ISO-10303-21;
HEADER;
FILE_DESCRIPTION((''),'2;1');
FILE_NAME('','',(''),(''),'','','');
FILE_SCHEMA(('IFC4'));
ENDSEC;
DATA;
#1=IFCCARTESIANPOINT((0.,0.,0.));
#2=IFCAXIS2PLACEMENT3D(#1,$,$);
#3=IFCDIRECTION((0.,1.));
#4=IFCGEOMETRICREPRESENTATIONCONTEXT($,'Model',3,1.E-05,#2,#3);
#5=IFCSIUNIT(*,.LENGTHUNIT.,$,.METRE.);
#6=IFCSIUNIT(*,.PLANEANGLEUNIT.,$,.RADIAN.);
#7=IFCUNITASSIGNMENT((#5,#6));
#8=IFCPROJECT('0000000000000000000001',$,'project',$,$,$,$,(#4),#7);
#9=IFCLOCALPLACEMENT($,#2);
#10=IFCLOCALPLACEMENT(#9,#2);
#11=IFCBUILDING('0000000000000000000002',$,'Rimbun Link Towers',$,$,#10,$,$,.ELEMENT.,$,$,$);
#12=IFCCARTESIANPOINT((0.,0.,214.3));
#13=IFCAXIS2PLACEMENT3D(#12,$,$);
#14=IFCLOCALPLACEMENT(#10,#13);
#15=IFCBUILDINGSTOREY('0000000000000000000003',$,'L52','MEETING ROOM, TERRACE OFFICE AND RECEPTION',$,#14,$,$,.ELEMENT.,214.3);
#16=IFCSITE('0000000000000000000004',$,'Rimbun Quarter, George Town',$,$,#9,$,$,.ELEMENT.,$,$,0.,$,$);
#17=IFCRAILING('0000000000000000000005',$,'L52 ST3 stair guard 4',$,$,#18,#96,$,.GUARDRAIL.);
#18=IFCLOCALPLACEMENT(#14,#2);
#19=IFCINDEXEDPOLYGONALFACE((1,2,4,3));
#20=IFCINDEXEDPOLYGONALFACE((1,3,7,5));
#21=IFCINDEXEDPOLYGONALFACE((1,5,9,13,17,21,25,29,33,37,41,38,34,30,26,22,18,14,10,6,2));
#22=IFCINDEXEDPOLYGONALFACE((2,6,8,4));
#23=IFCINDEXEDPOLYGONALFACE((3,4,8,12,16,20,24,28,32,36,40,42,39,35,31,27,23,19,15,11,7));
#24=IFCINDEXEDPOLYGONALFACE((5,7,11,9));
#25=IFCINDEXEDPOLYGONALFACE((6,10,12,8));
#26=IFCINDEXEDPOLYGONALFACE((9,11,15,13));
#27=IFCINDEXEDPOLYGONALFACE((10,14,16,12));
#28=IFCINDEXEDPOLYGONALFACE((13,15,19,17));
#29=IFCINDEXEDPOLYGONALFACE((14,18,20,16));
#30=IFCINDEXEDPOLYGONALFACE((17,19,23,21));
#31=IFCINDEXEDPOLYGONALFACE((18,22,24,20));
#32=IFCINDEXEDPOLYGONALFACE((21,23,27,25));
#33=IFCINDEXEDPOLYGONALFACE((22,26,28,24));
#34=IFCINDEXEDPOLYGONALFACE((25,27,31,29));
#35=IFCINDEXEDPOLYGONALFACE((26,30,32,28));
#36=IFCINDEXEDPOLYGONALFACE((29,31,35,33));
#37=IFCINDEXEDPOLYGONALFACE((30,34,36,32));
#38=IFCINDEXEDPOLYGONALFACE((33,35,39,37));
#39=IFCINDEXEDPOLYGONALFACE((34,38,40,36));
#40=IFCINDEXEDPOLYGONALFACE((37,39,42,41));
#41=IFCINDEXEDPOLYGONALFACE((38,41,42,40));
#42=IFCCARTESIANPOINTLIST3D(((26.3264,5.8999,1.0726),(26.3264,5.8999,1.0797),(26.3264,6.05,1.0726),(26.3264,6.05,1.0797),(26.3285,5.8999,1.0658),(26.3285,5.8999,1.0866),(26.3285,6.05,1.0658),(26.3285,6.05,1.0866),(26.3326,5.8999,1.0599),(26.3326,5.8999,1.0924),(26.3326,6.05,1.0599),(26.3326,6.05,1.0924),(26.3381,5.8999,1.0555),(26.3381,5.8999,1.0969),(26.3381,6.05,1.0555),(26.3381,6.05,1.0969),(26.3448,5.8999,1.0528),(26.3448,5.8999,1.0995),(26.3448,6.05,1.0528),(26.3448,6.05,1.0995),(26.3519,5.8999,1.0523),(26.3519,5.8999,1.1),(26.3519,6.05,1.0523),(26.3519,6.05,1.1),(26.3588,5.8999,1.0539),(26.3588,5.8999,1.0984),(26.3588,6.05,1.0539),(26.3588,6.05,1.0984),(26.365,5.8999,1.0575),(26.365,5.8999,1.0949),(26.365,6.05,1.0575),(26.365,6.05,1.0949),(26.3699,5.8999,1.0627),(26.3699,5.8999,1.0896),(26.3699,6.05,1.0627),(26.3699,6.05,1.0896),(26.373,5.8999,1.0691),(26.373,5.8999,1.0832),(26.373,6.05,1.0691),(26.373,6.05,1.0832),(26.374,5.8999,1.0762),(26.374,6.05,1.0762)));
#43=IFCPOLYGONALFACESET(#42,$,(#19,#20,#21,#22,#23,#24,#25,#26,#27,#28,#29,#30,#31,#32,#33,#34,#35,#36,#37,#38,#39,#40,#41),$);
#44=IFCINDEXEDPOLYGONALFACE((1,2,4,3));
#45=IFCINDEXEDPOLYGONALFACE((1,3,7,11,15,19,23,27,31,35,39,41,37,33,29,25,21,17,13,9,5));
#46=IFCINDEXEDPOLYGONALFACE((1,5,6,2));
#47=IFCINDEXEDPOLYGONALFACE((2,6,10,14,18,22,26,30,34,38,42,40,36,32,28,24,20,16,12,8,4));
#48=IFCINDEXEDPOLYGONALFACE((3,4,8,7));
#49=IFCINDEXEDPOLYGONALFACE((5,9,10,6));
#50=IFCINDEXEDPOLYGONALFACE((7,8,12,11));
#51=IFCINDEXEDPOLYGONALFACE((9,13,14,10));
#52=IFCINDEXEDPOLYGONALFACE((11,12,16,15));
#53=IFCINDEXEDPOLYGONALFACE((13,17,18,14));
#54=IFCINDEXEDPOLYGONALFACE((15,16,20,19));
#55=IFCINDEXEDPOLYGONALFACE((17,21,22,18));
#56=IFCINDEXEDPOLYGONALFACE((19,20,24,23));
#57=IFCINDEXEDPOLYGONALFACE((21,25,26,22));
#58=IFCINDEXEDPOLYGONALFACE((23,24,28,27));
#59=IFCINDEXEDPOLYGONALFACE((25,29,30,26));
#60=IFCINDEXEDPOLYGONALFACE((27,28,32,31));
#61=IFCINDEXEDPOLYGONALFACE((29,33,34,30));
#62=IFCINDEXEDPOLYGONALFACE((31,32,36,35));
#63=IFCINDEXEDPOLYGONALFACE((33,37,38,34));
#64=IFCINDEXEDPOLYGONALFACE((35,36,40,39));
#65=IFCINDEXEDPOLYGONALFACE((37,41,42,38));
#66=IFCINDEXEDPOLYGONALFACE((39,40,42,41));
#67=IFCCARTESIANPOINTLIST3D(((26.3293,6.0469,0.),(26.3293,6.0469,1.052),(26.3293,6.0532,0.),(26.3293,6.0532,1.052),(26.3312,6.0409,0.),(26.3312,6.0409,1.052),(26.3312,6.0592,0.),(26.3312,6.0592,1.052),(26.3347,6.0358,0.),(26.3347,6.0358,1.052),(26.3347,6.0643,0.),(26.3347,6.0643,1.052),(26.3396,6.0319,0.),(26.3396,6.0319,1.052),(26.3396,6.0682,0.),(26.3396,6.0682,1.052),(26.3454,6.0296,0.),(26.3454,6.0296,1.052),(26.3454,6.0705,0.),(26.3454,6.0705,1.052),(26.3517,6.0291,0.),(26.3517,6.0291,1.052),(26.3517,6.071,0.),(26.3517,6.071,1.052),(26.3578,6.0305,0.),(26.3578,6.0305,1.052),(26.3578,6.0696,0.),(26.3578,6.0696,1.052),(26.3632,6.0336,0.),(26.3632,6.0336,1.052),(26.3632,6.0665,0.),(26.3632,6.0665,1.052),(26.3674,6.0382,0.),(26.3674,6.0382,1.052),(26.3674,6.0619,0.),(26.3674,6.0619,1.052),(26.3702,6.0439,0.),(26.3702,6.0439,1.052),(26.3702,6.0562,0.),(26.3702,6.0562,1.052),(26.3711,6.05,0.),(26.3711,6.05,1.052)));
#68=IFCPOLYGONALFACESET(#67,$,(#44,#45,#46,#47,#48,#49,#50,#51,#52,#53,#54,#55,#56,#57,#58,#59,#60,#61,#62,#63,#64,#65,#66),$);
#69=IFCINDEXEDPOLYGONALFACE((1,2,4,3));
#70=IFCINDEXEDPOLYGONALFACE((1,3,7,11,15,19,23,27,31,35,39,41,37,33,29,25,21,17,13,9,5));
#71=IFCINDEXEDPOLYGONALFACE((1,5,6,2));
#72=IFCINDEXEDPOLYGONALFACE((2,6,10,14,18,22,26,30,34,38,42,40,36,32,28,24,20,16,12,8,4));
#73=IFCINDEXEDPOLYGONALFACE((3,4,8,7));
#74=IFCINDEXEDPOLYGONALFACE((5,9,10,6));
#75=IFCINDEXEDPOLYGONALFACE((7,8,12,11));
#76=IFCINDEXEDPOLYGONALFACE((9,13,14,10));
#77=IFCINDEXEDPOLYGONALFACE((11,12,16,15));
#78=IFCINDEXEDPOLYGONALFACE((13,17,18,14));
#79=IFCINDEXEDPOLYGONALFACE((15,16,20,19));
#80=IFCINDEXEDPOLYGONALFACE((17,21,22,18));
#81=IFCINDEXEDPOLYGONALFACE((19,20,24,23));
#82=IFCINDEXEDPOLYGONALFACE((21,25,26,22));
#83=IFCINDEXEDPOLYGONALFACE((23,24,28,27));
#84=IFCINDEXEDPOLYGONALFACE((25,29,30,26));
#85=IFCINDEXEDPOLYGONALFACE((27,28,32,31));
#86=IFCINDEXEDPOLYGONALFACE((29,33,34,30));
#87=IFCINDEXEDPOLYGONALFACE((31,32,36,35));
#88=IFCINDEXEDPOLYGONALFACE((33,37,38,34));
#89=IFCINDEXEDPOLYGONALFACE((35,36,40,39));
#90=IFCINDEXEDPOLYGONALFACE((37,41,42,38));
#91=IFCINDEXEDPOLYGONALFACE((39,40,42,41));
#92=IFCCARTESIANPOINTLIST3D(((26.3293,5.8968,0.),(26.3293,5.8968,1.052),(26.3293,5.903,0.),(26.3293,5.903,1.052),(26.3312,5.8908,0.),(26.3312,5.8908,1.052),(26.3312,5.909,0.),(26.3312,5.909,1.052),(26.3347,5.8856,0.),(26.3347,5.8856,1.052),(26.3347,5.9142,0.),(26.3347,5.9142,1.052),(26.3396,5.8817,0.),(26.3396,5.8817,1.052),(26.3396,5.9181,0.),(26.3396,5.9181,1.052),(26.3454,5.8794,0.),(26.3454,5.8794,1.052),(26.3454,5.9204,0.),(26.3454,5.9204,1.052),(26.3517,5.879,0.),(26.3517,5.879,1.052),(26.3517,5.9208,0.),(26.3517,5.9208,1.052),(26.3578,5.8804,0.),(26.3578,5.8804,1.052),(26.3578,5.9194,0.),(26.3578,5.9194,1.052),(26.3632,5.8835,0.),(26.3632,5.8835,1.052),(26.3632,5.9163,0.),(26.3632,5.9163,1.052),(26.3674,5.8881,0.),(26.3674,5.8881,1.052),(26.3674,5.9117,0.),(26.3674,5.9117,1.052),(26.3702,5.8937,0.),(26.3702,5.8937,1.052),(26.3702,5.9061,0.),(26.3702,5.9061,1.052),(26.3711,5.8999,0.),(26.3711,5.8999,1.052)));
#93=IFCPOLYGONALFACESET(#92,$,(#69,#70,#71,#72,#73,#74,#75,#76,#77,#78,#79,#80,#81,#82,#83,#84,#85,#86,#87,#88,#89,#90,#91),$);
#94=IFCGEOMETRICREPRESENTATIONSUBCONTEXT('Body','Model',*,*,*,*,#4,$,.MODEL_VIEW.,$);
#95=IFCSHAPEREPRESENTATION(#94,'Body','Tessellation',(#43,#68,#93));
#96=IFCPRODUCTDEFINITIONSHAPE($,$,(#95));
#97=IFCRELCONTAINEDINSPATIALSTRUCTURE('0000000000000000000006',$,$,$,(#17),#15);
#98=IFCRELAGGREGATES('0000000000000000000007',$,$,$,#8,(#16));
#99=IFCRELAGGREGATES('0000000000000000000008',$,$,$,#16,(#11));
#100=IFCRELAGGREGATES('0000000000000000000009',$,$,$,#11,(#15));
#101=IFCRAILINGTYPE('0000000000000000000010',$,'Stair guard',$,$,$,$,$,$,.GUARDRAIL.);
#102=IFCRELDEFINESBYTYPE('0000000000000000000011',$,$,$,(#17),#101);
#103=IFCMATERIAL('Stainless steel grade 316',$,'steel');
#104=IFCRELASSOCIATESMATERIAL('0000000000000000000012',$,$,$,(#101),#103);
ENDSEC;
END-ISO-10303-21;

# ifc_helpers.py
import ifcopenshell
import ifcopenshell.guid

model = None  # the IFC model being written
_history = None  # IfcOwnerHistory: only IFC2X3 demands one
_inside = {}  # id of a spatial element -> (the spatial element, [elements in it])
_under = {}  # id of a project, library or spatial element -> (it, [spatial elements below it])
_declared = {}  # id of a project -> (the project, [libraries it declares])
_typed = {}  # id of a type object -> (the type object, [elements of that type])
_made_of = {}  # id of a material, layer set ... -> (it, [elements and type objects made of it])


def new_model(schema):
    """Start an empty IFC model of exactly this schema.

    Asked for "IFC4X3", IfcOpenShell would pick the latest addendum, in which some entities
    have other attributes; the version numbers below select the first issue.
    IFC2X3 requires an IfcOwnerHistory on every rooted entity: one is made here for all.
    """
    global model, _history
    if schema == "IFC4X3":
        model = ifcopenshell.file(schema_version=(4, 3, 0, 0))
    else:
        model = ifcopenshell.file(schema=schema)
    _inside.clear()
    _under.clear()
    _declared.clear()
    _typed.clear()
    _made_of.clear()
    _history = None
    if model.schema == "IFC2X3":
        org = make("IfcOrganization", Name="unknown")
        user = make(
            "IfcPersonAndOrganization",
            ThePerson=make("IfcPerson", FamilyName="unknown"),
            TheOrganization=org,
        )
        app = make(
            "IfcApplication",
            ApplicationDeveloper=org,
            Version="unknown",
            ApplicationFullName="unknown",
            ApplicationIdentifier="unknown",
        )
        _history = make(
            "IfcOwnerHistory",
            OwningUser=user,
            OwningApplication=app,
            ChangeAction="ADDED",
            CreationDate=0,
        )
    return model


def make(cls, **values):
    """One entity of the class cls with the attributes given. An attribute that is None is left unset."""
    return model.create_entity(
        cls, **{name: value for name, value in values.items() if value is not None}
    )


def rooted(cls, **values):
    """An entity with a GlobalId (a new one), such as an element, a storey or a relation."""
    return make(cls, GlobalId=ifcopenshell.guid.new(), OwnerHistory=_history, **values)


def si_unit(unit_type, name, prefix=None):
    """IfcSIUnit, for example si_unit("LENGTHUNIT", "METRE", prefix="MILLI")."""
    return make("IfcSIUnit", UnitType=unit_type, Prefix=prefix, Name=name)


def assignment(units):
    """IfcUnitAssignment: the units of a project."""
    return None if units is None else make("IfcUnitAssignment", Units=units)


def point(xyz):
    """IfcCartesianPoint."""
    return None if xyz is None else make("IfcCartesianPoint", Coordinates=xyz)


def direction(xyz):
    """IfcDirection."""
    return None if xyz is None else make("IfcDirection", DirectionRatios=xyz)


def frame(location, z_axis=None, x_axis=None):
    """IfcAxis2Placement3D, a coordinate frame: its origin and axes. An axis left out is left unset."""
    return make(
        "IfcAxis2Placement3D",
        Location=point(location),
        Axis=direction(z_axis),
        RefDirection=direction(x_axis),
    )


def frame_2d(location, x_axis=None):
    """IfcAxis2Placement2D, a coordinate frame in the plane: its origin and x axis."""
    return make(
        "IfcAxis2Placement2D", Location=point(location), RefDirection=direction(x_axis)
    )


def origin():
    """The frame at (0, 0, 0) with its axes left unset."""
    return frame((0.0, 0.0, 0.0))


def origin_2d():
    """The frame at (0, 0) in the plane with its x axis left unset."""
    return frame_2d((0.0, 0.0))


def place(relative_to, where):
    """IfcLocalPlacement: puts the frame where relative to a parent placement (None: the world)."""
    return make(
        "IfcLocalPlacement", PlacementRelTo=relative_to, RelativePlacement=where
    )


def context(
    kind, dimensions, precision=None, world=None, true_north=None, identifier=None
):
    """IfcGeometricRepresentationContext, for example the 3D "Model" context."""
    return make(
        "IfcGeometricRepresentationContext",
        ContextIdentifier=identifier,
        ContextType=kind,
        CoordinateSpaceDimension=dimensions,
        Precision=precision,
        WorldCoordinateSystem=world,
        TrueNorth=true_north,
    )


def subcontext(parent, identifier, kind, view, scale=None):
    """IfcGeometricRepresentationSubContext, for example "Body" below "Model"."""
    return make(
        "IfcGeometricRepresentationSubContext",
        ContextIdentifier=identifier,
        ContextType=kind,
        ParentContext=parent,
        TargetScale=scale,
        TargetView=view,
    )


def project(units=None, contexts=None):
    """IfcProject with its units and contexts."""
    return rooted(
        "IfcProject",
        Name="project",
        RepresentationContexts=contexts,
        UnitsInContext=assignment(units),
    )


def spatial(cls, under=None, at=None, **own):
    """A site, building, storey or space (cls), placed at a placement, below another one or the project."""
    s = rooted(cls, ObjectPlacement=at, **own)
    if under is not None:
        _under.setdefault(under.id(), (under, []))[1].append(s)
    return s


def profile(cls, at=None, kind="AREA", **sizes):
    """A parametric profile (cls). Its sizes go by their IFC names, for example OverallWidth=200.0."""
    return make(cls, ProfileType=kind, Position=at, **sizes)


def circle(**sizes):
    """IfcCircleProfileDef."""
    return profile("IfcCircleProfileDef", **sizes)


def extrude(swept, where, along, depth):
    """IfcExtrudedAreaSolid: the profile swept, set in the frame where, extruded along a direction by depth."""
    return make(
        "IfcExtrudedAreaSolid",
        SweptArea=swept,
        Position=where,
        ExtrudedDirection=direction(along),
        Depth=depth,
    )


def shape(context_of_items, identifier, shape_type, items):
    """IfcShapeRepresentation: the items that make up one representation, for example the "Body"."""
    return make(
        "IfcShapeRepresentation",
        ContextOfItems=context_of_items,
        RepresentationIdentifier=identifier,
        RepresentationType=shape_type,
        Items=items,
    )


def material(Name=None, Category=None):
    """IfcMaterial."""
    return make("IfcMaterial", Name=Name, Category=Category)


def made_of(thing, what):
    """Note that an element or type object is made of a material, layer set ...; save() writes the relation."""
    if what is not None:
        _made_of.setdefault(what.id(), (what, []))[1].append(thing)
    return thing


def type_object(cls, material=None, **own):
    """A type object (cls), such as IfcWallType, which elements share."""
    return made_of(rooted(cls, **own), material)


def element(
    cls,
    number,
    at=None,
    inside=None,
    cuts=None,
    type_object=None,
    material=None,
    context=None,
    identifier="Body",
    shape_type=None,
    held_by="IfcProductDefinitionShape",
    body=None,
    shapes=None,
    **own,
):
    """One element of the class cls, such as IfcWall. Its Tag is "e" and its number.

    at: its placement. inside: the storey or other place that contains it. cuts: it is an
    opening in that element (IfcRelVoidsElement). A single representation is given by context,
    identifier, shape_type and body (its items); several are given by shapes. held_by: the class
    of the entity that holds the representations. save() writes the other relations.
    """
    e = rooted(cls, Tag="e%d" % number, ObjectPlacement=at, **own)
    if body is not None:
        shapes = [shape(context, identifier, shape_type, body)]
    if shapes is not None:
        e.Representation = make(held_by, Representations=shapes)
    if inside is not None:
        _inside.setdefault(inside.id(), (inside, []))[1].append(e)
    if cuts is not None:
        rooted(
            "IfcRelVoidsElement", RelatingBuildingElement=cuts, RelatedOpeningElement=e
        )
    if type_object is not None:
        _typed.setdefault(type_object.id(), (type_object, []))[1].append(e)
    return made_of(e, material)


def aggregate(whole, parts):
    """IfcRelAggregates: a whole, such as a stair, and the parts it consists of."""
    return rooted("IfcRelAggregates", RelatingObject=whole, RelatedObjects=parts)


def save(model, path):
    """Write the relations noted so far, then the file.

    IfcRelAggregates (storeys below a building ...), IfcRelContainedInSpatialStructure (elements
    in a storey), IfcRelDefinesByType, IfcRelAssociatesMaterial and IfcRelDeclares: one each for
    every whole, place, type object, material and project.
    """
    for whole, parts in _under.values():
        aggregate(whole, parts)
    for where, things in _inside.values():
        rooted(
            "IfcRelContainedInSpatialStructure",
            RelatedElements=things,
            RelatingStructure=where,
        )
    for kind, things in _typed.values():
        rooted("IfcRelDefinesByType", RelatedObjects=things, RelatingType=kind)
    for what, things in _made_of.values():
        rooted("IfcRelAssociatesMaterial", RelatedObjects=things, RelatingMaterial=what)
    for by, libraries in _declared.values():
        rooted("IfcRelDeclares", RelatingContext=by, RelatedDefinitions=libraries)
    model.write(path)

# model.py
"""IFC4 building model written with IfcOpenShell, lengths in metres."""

from ifc_helpers import new_model, si_unit, direction, frame, origin, origin_2d, place, context, subcontext, project, spatial, circle, extrude, material, type_object, element, save


model = new_model("IFC4")

# Units and contexts
model_context = context("Model", 3, precision=1e-05, world=origin(), true_north=direction((0.0, 1.0)))
body_context = subcontext(model_context, "Body", "Model", "MODEL_VIEW")
ifc_project = project(units=[si_unit("LENGTHUNIT", "METRE"), si_unit("PLANEANGLEUNIT", "RADIAN")], contexts=[model_context])

# Site, building, storey
site_placement = place(None, origin())
site = spatial("IfcSite", under=ifc_project, at=site_placement, Name="Rimbun Quarter, George Town", CompositionType="ELEMENT", RefElevation=0.0)
building_placement = place(site_placement, origin())
building = spatial("IfcBuilding", under=site, at=building_placement, Name="Rimbun Link Towers", CompositionType="ELEMENT")
storey_placement = place(building_placement, frame((0.0, 0.0, 214.3)))
storey = spatial("IfcBuildingStorey", under=building, at=storey_placement, Name="L52", Description="MEETING ROOM, TERRACE OFFICE AND RECEPTION", CompositionType="ELEMENT", Elevation=214.3)

# Railing
ifc_material_1 = material(Name="Stainless steel grade 316", Category="steel")
railing_type_1 = type_object("IfcRailingType", Name="Stair guard", PredefinedType="GUARDRAIL", material=ifc_material_1)
railing_1_placement = place(storey_placement, frame((26.3501, 6.05, 0.0)))
element("IfcRailing", 1, at=railing_1_placement, inside=storey, type_object=railing_type_1, Name="L52 ST3 stair guard 4", PredefinedType="GUARDRAIL", context=body_context, shape_type="SweptSolid", body=[
    extrude(circle(Radius=0.0239, at=origin_2d()), frame((0.0, 0.0, 1.0762), z_axis=(0.0, -1.0, 0.0), x_axis=(1.0, 0.0, 0.0)), (0.0, 0.0, 1.0), 0.1501),
    extrude(circle(Radius=0.021, at=origin_2d()), origin(), (0.0, 0.0, 1.0), 1.052),
    extrude(circle(Radius=0.021, at=origin_2d()), frame((0.0, -0.1501, 0.0)), (0.0, 0.0, 1.0), 1.052),
])

save(model, "model.ifc")
